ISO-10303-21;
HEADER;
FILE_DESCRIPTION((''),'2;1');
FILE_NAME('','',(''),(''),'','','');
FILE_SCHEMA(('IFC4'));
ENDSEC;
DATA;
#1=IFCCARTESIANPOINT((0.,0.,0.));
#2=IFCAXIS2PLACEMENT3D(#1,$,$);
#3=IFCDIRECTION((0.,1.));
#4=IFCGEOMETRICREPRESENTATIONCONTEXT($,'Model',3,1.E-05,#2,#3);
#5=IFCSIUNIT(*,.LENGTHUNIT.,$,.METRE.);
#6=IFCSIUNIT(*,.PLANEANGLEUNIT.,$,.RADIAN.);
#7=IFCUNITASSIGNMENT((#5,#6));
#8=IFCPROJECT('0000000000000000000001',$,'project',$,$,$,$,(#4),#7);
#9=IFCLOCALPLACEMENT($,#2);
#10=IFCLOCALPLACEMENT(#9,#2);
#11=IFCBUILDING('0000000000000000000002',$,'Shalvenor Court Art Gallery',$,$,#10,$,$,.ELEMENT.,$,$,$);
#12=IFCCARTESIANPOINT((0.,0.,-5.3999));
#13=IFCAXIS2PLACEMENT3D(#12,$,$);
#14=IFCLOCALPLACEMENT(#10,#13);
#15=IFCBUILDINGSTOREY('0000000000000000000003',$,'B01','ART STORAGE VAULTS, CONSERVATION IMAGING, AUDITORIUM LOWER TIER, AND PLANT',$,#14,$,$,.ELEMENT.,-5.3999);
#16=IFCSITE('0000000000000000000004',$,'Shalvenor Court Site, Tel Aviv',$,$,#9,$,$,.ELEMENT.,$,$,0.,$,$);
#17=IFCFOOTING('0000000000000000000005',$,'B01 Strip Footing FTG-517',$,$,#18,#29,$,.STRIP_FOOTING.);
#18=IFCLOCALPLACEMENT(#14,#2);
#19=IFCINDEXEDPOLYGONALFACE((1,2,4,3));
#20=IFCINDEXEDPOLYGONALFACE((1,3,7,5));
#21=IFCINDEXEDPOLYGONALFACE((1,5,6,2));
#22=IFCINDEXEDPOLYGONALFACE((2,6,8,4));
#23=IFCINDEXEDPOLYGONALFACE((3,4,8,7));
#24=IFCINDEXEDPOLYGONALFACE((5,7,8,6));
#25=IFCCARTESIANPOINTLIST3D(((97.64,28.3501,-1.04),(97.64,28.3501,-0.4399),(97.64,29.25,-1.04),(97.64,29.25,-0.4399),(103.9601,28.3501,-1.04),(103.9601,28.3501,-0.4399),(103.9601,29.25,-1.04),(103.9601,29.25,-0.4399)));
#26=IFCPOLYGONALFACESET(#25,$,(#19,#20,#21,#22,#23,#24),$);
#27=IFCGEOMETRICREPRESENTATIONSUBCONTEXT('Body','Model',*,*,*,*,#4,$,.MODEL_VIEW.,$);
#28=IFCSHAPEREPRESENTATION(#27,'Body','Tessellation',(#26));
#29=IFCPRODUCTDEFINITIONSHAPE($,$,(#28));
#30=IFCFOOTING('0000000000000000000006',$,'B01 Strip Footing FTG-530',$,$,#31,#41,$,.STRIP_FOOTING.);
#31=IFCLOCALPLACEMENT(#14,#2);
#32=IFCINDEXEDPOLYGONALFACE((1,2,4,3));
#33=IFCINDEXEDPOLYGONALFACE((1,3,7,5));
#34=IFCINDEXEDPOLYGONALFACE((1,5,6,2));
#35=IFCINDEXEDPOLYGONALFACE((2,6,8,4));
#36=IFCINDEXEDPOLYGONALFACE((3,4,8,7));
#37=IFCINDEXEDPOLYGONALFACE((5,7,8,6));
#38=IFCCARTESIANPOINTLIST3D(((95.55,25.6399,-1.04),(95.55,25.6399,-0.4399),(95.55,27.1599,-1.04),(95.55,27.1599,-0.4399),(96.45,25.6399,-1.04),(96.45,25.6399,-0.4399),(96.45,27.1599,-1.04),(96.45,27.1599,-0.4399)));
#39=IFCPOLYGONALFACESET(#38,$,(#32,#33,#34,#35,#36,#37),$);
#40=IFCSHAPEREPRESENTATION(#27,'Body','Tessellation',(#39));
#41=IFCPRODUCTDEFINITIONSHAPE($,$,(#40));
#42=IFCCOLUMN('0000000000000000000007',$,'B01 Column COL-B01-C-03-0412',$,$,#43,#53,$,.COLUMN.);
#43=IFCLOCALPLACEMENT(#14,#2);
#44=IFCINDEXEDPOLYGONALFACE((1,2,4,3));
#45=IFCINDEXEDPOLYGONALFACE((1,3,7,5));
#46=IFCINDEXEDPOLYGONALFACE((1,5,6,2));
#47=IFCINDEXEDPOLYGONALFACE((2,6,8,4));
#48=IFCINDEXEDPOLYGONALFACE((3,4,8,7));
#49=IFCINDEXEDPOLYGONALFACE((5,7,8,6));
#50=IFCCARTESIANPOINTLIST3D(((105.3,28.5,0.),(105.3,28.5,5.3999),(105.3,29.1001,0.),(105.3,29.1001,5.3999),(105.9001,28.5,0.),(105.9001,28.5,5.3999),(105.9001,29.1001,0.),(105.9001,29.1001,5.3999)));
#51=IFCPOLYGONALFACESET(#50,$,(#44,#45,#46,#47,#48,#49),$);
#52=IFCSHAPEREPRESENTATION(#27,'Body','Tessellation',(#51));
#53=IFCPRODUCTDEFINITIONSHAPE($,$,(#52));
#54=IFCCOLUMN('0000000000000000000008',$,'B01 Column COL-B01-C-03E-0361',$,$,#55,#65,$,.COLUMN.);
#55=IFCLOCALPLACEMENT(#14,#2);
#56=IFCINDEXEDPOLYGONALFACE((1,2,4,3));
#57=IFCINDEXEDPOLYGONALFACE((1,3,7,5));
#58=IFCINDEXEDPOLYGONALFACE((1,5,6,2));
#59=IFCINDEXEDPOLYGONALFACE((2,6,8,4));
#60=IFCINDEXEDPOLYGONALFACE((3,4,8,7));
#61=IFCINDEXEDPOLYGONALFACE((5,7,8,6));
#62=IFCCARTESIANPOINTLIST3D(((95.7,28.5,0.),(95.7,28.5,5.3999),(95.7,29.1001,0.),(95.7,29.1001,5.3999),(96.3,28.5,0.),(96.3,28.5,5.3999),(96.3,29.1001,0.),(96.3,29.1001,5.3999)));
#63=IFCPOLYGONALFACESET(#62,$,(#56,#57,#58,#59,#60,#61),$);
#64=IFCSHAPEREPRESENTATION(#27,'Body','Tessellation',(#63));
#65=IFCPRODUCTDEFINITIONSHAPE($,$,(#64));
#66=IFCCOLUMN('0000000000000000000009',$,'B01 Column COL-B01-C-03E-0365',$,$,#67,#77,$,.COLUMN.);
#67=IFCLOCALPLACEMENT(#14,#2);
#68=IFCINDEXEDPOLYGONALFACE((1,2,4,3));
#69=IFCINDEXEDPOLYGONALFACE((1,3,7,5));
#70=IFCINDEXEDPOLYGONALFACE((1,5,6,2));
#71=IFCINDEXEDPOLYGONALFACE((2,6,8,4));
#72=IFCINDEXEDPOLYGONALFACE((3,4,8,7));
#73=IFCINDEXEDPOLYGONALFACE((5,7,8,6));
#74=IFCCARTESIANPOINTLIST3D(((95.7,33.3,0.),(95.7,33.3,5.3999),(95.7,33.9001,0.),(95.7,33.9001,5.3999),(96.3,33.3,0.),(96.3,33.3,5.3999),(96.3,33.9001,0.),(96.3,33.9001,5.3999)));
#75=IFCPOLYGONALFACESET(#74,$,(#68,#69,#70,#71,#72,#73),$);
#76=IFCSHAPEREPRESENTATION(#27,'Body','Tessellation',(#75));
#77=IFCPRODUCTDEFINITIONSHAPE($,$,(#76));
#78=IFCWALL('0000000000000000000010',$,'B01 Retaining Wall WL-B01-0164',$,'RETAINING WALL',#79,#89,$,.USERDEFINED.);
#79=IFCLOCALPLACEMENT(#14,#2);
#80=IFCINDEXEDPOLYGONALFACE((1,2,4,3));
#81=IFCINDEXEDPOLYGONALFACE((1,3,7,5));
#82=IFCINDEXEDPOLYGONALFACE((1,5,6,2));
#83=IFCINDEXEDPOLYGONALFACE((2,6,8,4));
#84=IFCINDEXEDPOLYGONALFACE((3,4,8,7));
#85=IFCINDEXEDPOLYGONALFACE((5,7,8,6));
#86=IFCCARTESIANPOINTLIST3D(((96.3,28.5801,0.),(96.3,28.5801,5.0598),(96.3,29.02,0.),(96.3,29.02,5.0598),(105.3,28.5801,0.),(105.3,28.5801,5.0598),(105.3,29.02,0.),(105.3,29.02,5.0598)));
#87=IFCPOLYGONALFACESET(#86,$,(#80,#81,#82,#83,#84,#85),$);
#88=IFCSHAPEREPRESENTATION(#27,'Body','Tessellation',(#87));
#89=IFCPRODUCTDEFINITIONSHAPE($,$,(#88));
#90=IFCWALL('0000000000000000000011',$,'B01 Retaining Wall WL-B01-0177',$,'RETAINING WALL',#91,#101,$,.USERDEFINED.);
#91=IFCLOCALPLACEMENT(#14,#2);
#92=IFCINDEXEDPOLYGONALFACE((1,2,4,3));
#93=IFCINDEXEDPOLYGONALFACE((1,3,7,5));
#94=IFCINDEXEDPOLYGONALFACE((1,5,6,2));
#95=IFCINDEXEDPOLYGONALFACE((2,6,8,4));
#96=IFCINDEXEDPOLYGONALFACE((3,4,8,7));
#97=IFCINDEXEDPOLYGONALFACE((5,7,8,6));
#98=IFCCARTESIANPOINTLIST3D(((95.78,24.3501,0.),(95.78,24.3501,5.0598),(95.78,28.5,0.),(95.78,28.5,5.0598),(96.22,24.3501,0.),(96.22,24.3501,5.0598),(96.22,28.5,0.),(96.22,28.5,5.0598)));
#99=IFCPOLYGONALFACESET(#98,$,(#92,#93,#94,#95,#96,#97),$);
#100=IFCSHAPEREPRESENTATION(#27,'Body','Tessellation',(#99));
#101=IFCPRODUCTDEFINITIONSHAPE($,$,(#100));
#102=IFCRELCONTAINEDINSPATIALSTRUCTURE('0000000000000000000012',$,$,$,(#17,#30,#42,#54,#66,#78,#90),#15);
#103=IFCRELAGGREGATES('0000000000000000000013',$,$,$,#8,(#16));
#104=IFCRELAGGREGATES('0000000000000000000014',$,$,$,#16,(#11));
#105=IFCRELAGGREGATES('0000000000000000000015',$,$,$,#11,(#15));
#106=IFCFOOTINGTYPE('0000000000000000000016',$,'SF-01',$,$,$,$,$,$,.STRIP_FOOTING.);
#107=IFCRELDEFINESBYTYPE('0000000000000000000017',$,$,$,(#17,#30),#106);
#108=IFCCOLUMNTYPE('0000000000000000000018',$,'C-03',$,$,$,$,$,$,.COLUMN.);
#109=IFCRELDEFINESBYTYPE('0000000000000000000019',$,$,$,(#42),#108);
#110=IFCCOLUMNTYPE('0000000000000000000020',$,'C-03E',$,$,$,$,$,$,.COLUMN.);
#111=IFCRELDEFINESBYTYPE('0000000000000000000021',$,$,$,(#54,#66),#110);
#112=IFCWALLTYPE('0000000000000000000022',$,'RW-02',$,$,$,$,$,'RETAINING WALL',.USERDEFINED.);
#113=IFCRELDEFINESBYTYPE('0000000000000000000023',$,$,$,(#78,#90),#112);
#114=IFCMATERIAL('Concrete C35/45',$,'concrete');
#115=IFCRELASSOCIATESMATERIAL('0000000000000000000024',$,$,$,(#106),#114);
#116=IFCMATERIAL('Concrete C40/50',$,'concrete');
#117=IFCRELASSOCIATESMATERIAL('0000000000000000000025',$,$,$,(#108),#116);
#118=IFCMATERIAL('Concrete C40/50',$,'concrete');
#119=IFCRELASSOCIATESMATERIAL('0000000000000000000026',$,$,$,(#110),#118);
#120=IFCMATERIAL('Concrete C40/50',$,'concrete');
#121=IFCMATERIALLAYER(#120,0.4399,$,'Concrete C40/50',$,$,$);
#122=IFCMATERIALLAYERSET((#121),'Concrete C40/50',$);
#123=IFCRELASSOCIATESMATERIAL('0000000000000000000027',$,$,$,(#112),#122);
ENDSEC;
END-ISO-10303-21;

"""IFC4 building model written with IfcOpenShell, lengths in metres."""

from ifc_helpers import new_model, si_unit, direction, frame, frame_2d, origin, origin_2d, place, context, subcontext, project, spatial, rectangle, extrude, material, layer, layer_set, material_profile, profile_set, type_object, element, save


model = new_model("IFC4")

# Units and contexts
model_context = context("Model", 3, precision=1e-05, world=origin(), true_north=direction((0.0, 1.0)))
body_context = subcontext(model_context, "Body", "Model", "MODEL_VIEW")
ifc_project = project(units=[si_unit("LENGTHUNIT", "METRE"), si_unit("PLANEANGLEUNIT", "RADIAN")], contexts=[model_context])

# Site, building, storey
site_placement = place(None, origin())
site = spatial("IfcSite", under=ifc_project, at=site_placement, Name="Shalvenor Court Site, Tel Aviv", CompositionType="ELEMENT", RefElevation=0.0)
building_placement = place(site_placement, origin())
building = spatial("IfcBuilding", under=site, at=building_placement, Name="Shalvenor Court Art Gallery", CompositionType="ELEMENT")
storey_placement = place(building_placement, frame((0.0, 0.0, -5.3999)))
storey = spatial("IfcBuildingStorey", under=building, at=storey_placement, Name="B01", Description="ART STORAGE VAULTS, CONSERVATION IMAGING, AUDITORIUM LOWER TIER, AND PLANT", CompositionType="ELEMENT", Elevation=-5.3999)

# Footings
ifc_material_1 = material(Name="Concrete C35/45", Category="concrete")
footing_type_1 = type_object("IfcFootingType", Name="SF-01", PredefinedType="STRIP_FOOTING", material=ifc_material_1)
footing_1_placement = place(storey_placement, frame((100.8, 28.8, -1.04), z_axis=(0.0, 0.0, 1.0), x_axis=(1.0, 0.0, 0.0)))
element("IfcFooting", 1, at=footing_1_placement, inside=storey, type_object=footing_type_1, Name="B01 Strip Footing FTG-517", PredefinedType="STRIP_FOOTING", context=body_context, shape_type="SweptSolid", body=[
    extrude(rectangle(XDim=6.3201, YDim=0.8999, at=origin_2d()), origin(), (0.0, 0.0, 1.0), 0.6001),
])
footing_2_placement = place(storey_placement, frame((96.0, 26.3999, -1.04), z_axis=(0.0, 0.0, 1.0), x_axis=(0.0, 1.0, 0.0)))
element("IfcFooting", 2, at=footing_2_placement, inside=storey, type_object=footing_type_1, Name="B01 Strip Footing FTG-530", PredefinedType="STRIP_FOOTING", context=body_context, shape_type="SweptSolid", body=[
    extrude(rectangle(XDim=1.52, YDim=0.8999, at=origin_2d()), origin(), (0.0, 0.0, 1.0), 0.6001),
])

# Columns
ifc_material_2 = material(Name="Concrete C40/50", Category="concrete")
ifc_material_profile_1 = material_profile(ifc_material_2, rectangle(XDim=0.6001, YDim=0.6001, at=origin_2d()), Name="RC 600x600")
ifc_profile_set_1 = profile_set([ifc_material_profile_1], Name="Concrete C40/50")
column_type_1 = type_object("IfcColumnType", Name="C-03", PredefinedType="COLUMN", material=ifc_profile_set_1)
column_placement = place(storey_placement, frame((105.6001, 28.8, 0.0), z_axis=(0.0, 0.0, 1.0), x_axis=(1.0, 0.0, 0.0)))
element("IfcColumn", 3, at=column_placement, inside=storey, type_object=column_type_1, Name="B01 Column COL-B01-C-03-0412", PredefinedType="COLUMN", context=body_context, shape_type="SweptSolid", body=[
    extrude(rectangle(XDim=0.6001, YDim=0.6001, at=origin_2d()), origin(), (0.0, 0.0, 1.0), 5.3999),
])
ifc_material_3 = material(Name="Concrete C40/50", Category="concrete")
ifc_material_profile_2 = material_profile(ifc_material_3, rectangle(XDim=0.6001, YDim=0.6001, at=origin_2d()), Name="RC 600x600")
ifc_profile_set_2 = profile_set([ifc_material_profile_2], Name="Concrete C40/50")
column_type_2 = type_object("IfcColumnType", Name="C-03E", PredefinedType="COLUMN", material=ifc_profile_set_2)
for number, where, z_axis, x_axis, name in (
    (4, (96.0, 28.8, 0.0), (0.0, 0.0, 1.0), (1.0, 0.0, 0.0), "B01 Column COL-B01-C-03E-0361"),
    (5, (96.0, 33.6001, 0.0), (0.0, 0.0, 1.0), (1.0, 0.0, 0.0), "B01 Column COL-B01-C-03E-0365"),
):
    element("IfcColumn", number, at=place(storey_placement, frame(where, z_axis=z_axis, x_axis=x_axis)), inside=storey, type_object=column_type_2, Name=name, PredefinedType="COLUMN", context=body_context, shape_type="SweptSolid", body=[
        extrude(rectangle(XDim=0.6001, YDim=0.6001, at=origin_2d()), origin(), (0.0, 0.0, 1.0), 5.3999),
    ])

# Walls
ifc_material_4 = material(Name="Concrete C40/50", Category="concrete")
ifc_layer = layer(ifc_material_4, 0.4399, Name="Concrete C40/50")
ifc_layer_set = layer_set([ifc_layer], Name="Concrete C40/50")
wall_type = type_object("IfcWallType", Name="RW-02", ElementType="RETAINING WALL", PredefinedType="USERDEFINED", material=ifc_layer_set)
wall_1_placement = place(storey_placement, frame((96.3, 28.8, 0.0), z_axis=(0.0, 0.0, 1.0), x_axis=(1.0, 0.0, 0.0)))
element("IfcWall", 6, at=wall_1_placement, inside=storey, type_object=wall_type, Name="B01 Retaining Wall WL-B01-0164", ObjectType="RETAINING WALL", PredefinedType="USERDEFINED", context=body_context, shape_type="SweptSolid", body=[
    extrude(rectangle(XDim=9.0, YDim=0.4399, at=frame_2d((4.5, 0.0))), origin(), (0.0, 0.0, 1.0), 5.0598),
])
wall_2_placement = place(storey_placement, frame((96.0, 24.3501, 0.0), z_axis=(0.0, 0.0, 1.0), x_axis=(0.0, 1.0, 0.0)))
element("IfcWall", 7, at=wall_2_placement, inside=storey, type_object=wall_type, Name="B01 Retaining Wall WL-B01-0177", ObjectType="RETAINING WALL", PredefinedType="USERDEFINED", context=body_context, shape_type="SweptSolid", body=[
    extrude(rectangle(XDim=4.1499, YDim=0.4399, at=frame_2d((2.075, 0.0))), origin(), (0.0, 0.0, 1.0), 5.0598),
])

save(model, "model.ifc")
